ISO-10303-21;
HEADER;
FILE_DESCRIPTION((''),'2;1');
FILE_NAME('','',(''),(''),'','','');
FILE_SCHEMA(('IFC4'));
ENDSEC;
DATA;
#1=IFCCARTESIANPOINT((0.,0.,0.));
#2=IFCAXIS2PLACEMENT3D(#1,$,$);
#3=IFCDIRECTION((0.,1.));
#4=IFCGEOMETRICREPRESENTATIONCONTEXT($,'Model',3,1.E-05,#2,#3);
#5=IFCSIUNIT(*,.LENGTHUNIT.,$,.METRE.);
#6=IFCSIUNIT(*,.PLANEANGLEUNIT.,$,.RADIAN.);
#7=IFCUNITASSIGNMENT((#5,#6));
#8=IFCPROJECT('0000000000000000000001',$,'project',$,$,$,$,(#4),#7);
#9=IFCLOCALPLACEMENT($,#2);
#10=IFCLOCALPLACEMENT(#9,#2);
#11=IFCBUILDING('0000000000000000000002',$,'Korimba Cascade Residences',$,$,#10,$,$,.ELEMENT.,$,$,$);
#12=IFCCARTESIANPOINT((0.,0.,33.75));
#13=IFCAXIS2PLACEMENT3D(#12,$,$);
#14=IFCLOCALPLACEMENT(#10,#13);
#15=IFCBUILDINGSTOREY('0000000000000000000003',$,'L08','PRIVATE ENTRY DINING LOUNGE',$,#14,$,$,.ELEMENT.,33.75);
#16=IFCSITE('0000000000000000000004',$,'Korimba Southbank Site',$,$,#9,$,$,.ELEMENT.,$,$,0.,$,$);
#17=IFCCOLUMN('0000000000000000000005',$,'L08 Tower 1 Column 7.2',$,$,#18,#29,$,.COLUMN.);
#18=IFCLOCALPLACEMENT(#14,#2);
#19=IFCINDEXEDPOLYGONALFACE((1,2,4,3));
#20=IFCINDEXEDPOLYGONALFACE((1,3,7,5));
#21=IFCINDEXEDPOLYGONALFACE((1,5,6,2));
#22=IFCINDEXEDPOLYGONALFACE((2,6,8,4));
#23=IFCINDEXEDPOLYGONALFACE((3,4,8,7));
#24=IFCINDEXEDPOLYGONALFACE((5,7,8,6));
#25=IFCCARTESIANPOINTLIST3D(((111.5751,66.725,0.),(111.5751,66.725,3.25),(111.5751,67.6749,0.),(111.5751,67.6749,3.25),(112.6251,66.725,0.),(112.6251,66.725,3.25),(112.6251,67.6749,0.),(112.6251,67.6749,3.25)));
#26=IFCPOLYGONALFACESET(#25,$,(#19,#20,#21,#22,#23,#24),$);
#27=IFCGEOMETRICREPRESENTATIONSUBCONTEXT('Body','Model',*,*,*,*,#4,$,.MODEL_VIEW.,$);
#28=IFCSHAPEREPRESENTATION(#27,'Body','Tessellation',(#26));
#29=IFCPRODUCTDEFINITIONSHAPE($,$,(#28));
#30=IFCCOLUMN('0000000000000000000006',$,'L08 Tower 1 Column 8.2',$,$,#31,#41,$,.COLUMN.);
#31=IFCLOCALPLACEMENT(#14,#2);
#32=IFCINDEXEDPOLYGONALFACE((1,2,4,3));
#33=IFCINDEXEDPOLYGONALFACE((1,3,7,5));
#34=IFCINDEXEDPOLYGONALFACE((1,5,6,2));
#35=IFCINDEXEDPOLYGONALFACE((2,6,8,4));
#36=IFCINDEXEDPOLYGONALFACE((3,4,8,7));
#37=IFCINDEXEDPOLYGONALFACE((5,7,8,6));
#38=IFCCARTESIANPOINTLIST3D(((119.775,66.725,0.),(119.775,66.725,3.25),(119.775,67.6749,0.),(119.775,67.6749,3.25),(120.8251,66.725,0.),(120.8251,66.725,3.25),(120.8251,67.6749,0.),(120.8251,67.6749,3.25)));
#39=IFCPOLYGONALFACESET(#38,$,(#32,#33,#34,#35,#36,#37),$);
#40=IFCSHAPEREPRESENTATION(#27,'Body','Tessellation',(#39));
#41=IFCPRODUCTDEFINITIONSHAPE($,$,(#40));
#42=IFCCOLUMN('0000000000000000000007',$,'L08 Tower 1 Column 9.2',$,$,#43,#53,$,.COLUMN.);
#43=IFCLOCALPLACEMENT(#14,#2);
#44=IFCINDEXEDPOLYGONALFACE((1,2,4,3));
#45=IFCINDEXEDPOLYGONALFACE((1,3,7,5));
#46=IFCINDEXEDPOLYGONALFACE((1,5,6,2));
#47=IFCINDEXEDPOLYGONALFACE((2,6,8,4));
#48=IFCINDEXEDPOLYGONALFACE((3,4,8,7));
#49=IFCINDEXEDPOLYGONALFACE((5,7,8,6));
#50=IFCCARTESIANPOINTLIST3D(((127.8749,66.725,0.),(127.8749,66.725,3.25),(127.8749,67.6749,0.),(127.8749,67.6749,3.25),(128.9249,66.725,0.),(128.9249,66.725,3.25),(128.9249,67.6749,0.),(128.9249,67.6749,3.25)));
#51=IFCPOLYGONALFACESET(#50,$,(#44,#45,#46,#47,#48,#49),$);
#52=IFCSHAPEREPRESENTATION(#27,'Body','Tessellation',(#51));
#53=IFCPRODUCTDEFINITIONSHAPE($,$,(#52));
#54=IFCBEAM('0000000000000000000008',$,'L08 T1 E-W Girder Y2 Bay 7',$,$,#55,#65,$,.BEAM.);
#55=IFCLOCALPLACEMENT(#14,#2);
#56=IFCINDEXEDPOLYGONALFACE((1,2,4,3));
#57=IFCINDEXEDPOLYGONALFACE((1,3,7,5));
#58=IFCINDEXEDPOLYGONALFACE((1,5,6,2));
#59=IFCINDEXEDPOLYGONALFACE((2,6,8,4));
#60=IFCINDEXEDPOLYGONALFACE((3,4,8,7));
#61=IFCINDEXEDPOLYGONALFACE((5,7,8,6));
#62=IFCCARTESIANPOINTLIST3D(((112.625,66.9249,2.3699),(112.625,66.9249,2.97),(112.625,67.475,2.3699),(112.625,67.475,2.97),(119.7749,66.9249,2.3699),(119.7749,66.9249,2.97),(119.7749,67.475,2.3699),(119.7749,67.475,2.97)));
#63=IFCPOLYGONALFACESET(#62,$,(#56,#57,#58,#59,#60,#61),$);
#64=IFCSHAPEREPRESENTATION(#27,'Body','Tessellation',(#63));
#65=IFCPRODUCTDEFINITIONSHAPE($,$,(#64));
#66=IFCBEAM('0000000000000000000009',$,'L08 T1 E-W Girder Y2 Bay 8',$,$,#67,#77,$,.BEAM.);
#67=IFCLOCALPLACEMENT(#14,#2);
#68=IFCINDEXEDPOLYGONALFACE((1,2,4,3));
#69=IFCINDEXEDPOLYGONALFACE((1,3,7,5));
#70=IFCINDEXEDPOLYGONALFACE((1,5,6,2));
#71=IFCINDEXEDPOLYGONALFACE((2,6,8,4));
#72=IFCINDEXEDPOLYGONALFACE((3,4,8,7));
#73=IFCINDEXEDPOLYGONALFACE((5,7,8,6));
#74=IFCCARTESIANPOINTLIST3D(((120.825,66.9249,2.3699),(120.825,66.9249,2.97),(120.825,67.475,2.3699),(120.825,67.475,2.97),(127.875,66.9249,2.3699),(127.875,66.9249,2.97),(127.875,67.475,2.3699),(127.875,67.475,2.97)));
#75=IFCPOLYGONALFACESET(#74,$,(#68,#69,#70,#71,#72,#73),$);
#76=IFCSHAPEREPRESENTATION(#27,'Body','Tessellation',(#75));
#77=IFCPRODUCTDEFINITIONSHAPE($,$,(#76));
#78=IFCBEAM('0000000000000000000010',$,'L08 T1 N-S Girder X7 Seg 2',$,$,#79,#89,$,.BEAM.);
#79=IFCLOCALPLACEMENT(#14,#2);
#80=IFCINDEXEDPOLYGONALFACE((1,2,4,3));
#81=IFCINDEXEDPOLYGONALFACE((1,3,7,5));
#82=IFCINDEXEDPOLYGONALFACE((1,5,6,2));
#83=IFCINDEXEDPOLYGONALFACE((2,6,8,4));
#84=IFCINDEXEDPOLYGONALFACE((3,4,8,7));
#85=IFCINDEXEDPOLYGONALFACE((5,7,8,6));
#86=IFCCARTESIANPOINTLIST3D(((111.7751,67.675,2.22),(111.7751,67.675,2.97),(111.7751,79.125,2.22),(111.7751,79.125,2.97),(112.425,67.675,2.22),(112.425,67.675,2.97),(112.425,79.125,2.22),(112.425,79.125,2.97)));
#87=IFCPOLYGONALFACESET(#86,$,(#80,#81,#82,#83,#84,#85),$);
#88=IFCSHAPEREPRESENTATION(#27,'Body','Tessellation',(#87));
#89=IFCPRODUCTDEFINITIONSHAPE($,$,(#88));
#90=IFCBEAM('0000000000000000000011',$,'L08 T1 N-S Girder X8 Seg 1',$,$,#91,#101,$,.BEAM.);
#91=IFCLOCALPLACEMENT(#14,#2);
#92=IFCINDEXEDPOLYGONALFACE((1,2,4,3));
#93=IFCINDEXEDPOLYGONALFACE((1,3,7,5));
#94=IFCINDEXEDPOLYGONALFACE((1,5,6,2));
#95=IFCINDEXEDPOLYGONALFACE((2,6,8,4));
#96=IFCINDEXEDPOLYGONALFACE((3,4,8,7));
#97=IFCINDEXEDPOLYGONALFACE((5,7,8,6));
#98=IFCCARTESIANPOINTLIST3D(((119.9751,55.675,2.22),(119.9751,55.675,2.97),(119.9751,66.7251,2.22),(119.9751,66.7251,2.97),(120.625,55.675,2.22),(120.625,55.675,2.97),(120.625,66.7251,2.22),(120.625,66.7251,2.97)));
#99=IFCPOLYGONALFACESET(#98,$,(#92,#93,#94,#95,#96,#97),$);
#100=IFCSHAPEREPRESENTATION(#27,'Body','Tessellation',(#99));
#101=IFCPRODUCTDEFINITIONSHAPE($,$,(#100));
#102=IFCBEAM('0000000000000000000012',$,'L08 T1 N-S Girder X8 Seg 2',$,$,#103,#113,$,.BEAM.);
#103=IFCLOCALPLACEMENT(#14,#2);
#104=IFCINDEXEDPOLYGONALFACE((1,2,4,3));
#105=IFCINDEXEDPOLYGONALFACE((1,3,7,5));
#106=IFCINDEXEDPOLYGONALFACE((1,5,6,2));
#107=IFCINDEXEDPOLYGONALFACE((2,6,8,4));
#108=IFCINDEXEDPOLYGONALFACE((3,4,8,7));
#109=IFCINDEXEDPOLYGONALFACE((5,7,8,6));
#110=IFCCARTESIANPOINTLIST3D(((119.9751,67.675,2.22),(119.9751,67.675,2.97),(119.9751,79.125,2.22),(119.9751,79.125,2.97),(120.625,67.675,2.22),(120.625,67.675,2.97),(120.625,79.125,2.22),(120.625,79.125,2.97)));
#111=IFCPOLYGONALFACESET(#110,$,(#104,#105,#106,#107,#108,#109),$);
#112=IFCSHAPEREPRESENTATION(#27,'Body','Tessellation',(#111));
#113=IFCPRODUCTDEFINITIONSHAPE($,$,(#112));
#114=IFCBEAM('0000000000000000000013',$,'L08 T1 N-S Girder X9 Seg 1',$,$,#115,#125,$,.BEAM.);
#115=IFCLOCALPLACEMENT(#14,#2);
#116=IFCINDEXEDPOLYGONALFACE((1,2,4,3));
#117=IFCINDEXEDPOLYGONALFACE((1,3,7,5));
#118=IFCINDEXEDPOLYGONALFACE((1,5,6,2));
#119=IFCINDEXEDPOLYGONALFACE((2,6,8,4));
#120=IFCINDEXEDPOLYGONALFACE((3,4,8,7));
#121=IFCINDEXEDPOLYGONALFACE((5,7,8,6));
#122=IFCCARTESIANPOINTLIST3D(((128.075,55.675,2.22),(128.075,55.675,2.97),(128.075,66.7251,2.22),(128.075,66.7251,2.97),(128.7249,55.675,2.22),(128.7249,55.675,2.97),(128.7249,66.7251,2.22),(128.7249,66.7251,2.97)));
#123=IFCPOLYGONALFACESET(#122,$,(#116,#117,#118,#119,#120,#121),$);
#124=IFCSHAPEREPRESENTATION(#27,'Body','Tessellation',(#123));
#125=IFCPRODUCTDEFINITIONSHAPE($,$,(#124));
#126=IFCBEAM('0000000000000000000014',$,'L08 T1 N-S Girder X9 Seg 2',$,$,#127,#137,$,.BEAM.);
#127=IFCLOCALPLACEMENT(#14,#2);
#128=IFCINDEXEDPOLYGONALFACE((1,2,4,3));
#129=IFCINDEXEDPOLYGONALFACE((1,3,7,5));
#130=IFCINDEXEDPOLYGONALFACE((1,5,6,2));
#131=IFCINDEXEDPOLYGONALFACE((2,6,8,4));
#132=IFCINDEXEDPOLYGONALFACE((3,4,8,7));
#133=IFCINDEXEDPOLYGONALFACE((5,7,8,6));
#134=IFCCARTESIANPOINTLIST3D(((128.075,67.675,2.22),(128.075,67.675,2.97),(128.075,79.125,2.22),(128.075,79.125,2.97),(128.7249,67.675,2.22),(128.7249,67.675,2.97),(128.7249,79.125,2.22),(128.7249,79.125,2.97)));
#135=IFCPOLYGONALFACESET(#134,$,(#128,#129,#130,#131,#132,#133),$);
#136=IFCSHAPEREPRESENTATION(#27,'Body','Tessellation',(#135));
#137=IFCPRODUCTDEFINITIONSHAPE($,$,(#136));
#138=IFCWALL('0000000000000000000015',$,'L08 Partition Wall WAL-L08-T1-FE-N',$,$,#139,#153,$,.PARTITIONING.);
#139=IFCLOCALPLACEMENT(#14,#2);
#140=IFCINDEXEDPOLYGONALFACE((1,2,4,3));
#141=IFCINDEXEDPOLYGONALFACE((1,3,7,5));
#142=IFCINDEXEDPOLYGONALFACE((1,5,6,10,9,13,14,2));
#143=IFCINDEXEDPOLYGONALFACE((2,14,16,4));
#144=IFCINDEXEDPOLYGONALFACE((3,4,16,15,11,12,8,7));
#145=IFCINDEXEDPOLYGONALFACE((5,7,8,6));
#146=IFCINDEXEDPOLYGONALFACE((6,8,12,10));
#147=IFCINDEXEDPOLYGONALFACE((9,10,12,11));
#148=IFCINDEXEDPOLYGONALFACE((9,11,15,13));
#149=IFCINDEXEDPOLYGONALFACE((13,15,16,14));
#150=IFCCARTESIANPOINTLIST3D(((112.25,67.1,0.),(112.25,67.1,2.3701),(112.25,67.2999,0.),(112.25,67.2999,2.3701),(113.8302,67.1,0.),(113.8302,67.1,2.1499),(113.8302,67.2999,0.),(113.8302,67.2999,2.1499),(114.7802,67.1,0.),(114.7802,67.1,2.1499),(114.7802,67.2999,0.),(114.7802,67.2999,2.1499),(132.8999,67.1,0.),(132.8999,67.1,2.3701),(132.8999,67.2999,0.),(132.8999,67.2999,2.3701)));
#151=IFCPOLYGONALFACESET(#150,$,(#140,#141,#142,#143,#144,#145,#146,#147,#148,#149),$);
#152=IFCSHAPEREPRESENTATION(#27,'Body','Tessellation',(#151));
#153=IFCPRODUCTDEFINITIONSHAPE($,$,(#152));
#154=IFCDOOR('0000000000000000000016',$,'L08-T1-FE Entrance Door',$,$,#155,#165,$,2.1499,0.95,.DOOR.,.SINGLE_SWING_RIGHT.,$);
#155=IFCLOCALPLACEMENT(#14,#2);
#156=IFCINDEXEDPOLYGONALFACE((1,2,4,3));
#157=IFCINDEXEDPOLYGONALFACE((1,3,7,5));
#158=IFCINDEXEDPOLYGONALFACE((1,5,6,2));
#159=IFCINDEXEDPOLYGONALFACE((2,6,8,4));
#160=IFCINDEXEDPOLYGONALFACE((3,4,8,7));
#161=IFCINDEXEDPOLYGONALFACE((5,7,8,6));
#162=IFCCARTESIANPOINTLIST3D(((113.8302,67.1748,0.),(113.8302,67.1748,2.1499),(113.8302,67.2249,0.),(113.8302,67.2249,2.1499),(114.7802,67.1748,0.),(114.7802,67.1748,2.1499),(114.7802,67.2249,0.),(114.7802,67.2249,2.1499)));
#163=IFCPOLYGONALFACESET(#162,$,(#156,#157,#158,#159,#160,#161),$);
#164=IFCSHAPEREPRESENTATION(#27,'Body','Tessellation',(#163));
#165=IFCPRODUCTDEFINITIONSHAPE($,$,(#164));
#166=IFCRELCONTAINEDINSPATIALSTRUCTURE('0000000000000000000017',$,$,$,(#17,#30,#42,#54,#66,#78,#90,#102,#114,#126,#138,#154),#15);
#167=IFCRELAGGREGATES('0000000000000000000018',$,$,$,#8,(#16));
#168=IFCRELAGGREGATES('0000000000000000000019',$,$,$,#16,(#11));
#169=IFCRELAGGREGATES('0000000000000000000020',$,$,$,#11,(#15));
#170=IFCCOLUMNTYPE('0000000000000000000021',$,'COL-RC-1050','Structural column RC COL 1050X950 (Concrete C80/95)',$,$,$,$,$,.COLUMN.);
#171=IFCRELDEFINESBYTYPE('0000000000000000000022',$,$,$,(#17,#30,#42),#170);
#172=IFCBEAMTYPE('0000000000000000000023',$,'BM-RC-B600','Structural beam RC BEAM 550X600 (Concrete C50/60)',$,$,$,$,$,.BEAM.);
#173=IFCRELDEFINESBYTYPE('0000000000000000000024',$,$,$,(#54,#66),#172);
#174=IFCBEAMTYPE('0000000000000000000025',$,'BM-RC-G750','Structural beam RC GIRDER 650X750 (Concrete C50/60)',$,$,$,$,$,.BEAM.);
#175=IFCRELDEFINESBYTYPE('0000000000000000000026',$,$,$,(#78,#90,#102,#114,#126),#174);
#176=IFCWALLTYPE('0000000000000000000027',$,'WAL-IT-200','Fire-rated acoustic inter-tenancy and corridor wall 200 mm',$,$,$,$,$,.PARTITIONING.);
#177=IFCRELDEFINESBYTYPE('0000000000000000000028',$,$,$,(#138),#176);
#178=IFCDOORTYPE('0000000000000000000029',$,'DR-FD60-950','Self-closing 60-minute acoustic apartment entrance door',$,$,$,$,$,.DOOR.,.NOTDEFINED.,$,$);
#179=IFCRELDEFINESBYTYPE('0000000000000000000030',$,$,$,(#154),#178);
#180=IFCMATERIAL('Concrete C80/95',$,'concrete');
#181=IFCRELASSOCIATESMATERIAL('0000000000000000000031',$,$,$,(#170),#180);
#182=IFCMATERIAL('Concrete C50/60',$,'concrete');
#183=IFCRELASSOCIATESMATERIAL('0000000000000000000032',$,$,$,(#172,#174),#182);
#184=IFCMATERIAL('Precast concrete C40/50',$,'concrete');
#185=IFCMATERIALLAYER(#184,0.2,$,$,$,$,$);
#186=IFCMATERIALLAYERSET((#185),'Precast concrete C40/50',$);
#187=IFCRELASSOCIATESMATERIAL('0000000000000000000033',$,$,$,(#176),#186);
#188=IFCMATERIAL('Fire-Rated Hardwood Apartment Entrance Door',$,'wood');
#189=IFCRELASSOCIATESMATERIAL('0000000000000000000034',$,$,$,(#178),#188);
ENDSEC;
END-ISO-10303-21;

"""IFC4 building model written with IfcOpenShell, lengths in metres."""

from ifc_helpers import new_model, si_unit, direction, frame, frame_2d, origin, origin_2d, place, context, subcontext, project, spatial, rectangle, extrude, material, layer, layer_set, material_profile, profile_set, type_object, element, fill, save


model = new_model("IFC4")

# Units and contexts
model_context = context("Model", 3, precision=1e-05, world=origin(), true_north=direction((0.0, 1.0)))
body_context = subcontext(model_context, "Body", "Model", "MODEL_VIEW")
ifc_project = project(units=[si_unit("LENGTHUNIT", "METRE"), si_unit("PLANEANGLEUNIT", "RADIAN")], contexts=[model_context])

# Site, building, storey
site_placement = place(None, origin())
site = spatial("IfcSite", under=ifc_project, at=site_placement, Name="Korimba Southbank Site", CompositionType="ELEMENT", RefElevation=0.0)
building_placement = place(site_placement, origin())
building = spatial("IfcBuilding", under=site, at=building_placement, Name="Korimba Cascade Residences", CompositionType="ELEMENT")
storey_placement = place(building_placement, frame((0.0, 0.0, 33.75)))
storey = spatial("IfcBuildingStorey", under=building, at=storey_placement, Name="L08", Description="PRIVATE ENTRY DINING LOUNGE", CompositionType="ELEMENT", Elevation=33.75)

# Columns
ifc_material_1 = material(Name="Concrete C80/95", Category="concrete")
ifc_material_profile_1 = material_profile(ifc_material_1, rectangle(XDim=1.05, YDim=0.95, at=origin_2d()), Name="Concrete C80/95")
ifc_profile_set_1 = profile_set([ifc_material_profile_1], Name="Concrete C80/95")
column_type = type_object("IfcColumnType", Name="COL-RC-1050", Description="Structural column RC COL 1050X950 (Concrete C80/95)", PredefinedType="COLUMN", material=ifc_profile_set_1)
for number, where, z_axis, x_axis, name in (
    (1, (112.1001, 67.2, 0.0), (0.0, 0.0, 1.0), (1.0, 0.0, 0.0), "L08 Tower 1 Column 7.2"),
    (2, (120.3, 67.2, 0.0), (0.0, 0.0, 1.0), (1.0, 0.0, 0.0), "L08 Tower 1 Column 8.2"),
    (3, (128.3999, 67.2, 0.0), (0.0, 0.0, 1.0), (1.0, 0.0, 0.0), "L08 Tower 1 Column 9.2"),
):
    element("IfcColumn", number, at=place(storey_placement, frame(where, z_axis=z_axis, x_axis=x_axis)), inside=storey, type_object=column_type, Name=name, PredefinedType="COLUMN", context=body_context, shape_type="SweptSolid", body=[
        extrude(rectangle(XDim=1.05, YDim=0.95, at=origin_2d()), origin(), (0.0, 0.0, 1.0), 3.25),
    ])

# Beams
ifc_material_2 = material(Name="Concrete C50/60", Category="concrete")
ifc_material_profile_2 = material_profile(ifc_material_2, rectangle(XDim=0.55, YDim=0.6001, at=origin_2d()), Name="Concrete C50/60")
ifc_profile_set_2 = profile_set([ifc_material_profile_2], Name="Concrete C50/60")
beam_type_1 = type_object("IfcBeamType", Name="BM-RC-B600", Description="Structural beam RC BEAM 550X600 (Concrete C50/60)", PredefinedType="BEAM", material=ifc_profile_set_2)
beam_1_placement = place(storey_placement, frame((112.625, 67.2, 2.6699), z_axis=(1.0, 0.0, 0.0), x_axis=(0.0, 1.0, 0.0)))
element("IfcBeam", 4, at=beam_1_placement, inside=storey, type_object=beam_type_1, Name="L08 T1 E-W Girder Y2 Bay 7", PredefinedType="BEAM", context=body_context, shape_type="SweptSolid", body=[
    extrude(rectangle(XDim=0.55, YDim=0.6001, at=origin_2d()), origin(), (0.0, 0.0, 1.0), 7.1499),
])
beam_2_placement = place(storey_placement, frame((120.825, 67.2, 2.6699), z_axis=(1.0, 0.0, 0.0), x_axis=(0.0, 1.0, 0.0)))
element("IfcBeam", 5, at=beam_2_placement, inside=storey, type_object=beam_type_1, Name="L08 T1 E-W Girder Y2 Bay 8", PredefinedType="BEAM", context=body_context, shape_type="SweptSolid", body=[
    extrude(rectangle(XDim=0.55, YDim=0.6001, at=origin_2d()), origin(), (0.0, 0.0, 1.0), 7.05),
])
ifc_material_profile_3 = material_profile(ifc_material_2, rectangle(XDim=0.6499, YDim=0.75, at=origin_2d()), Name="Concrete C50/60")
ifc_profile_set_3 = profile_set([ifc_material_profile_3], Name="Concrete C50/60")
beam_type_2 = type_object("IfcBeamType", Name="BM-RC-G750", Description="Structural beam RC GIRDER 650X750 (Concrete C50/60)", PredefinedType="BEAM", material=ifc_profile_set_3)
beam_3_placement = place(storey_placement, frame((112.1001, 67.675, 2.595), z_axis=(0.0, 1.0, 0.0), x_axis=(-1.0, 0.0, 0.0)))
element("IfcBeam", 6, at=beam_3_placement, inside=storey, type_object=beam_type_2, Name="L08 T1 N-S Girder X7 Seg 2", PredefinedType="BEAM", context=body_context, shape_type="SweptSolid", body=[
    extrude(rectangle(XDim=0.6499, YDim=0.75, at=origin_2d()), origin(), (0.0, 0.0, 1.0), 11.45),
])
beam_4_placement = place(storey_placement, frame((120.3, 55.675, 2.595), z_axis=(0.0, 1.0, 0.0), x_axis=(-1.0, 0.0, 0.0)))
element("IfcBeam", 7, at=beam_4_placement, inside=storey, type_object=beam_type_2, Name="L08 T1 N-S Girder X8 Seg 1", PredefinedType="BEAM", context=body_context, shape_type="SweptSolid", body=[
    extrude(rectangle(XDim=0.6499, YDim=0.75, at=origin_2d()), origin(), (0.0, 0.0, 1.0), 11.05),
])
beam_5_placement = place(storey_placement, frame((120.3, 67.675, 2.595), z_axis=(0.0, 1.0, 0.0), x_axis=(-1.0, 0.0, 0.0)))
element("IfcBeam", 8, at=beam_5_placement, inside=storey, type_object=beam_type_2, Name="L08 T1 N-S Girder X8 Seg 2", PredefinedType="BEAM", context=body_context, shape_type="SweptSolid", body=[
    extrude(rectangle(XDim=0.6499, YDim=0.75, at=origin_2d()), origin(), (0.0, 0.0, 1.0), 11.45),
])
beam_6_placement = place(storey_placement, frame((128.3999, 55.675, 2.595), z_axis=(0.0, 1.0, 0.0), x_axis=(-1.0, 0.0, 0.0)))
element("IfcBeam", 9, at=beam_6_placement, inside=storey, type_object=beam_type_2, Name="L08 T1 N-S Girder X9 Seg 1", PredefinedType="BEAM", context=body_context, shape_type="SweptSolid", body=[
    extrude(rectangle(XDim=0.6499, YDim=0.75, at=origin_2d()), origin(), (0.0, 0.0, 1.0), 11.05),
])
beam_7_placement = place(storey_placement, frame((128.3999, 67.675, 2.595), z_axis=(0.0, 1.0, 0.0), x_axis=(-1.0, 0.0, 0.0)))
element("IfcBeam", 10, at=beam_7_placement, inside=storey, type_object=beam_type_2, Name="L08 T1 N-S Girder X9 Seg 2", PredefinedType="BEAM", context=body_context, shape_type="SweptSolid", body=[
    extrude(rectangle(XDim=0.6499, YDim=0.75, at=origin_2d()), origin(), (0.0, 0.0, 1.0), 11.45),
])

# Wall, opening, door
ifc_material_3 = material(Name="Precast concrete C40/50", Category="concrete")
ifc_layer_1 = layer(ifc_material_3, 0.2)
ifc_layer_set_1 = layer_set([ifc_layer_1], Name="Precast concrete C40/50")
wall_type_1 = type_object("IfcWallType", Name="WAL-IT-200", Description="Fire-rated acoustic inter-tenancy and corridor wall 200 mm", PredefinedType="PARTITIONING", material=ifc_layer_set_1)
wall_1_placement = place(storey_placement, frame((112.25, 67.2, 0.0), z_axis=(0.0, 0.0, 1.0), x_axis=(1.0, 0.0, 0.0)))
wall_1 = element("IfcWall", 11, at=wall_1_placement, inside=storey, type_object=wall_type_1, Name="L08 Partition Wall WAL-L08-T1-FE-N", PredefinedType="PARTITIONING", context=body_context, shape_type="SweptSolid", body=[
    extrude(rectangle(XDim=20.6499, YDim=0.2, at=frame_2d((10.325, 0.0))), origin(), (0.0, 0.0, 1.0), 2.3701),
])
opening_1_placement = place(wall_1_placement, frame((1.5801, 0.0, 0.0)))
opening_1 = element("IfcOpeningElement", 12, at=opening_1_placement, cuts=wall_1, PredefinedType="OPENING", context=body_context, shape_type="SweptSolid", body=[
    extrude(rectangle(XDim=0.95, YDim=2.1499, at=frame_2d((0.4751, 1.075))), frame((0.0, 0.1099, 0.0), z_axis=(0.0, -1.0, 0.0), x_axis=(1.0, 0.0, 0.0)), (0.0, 0.0, 1.0), 0.22),
])
ifc_material_4 = material(Name="Fire-Rated Hardwood Apartment Entrance Door", Category="wood")
door_type_1 = type_object("IfcDoorType", Name="DR-FD60-950", Description="Self-closing 60-minute acoustic apartment entrance door", OperationType="NOTDEFINED", PredefinedType="DOOR", material=ifc_material_4)
door_1_placement = place(opening_1_placement, origin())
door_1 = element("IfcDoor", 13, at=door_1_placement, inside=storey, type_object=door_type_1, Name="L08-T1-FE Entrance Door", OperationType="SINGLE_SWING_RIGHT", OverallHeight=2.1499, OverallWidth=0.95, PredefinedType="DOOR", context=body_context, shape_type="SweptSolid", body=[
    extrude(rectangle(XDim=0.95, YDim=2.1499, at=frame_2d((0.4751, 1.075))), frame((0.0, 0.0249, 0.0), z_axis=(0.0, -1.0, 0.0), x_axis=(1.0, 0.0, 0.0)), (0.0, 0.0, 1.0), 0.05),
])
fill(opening_1, door_1)

save(model, "model.ifc")
